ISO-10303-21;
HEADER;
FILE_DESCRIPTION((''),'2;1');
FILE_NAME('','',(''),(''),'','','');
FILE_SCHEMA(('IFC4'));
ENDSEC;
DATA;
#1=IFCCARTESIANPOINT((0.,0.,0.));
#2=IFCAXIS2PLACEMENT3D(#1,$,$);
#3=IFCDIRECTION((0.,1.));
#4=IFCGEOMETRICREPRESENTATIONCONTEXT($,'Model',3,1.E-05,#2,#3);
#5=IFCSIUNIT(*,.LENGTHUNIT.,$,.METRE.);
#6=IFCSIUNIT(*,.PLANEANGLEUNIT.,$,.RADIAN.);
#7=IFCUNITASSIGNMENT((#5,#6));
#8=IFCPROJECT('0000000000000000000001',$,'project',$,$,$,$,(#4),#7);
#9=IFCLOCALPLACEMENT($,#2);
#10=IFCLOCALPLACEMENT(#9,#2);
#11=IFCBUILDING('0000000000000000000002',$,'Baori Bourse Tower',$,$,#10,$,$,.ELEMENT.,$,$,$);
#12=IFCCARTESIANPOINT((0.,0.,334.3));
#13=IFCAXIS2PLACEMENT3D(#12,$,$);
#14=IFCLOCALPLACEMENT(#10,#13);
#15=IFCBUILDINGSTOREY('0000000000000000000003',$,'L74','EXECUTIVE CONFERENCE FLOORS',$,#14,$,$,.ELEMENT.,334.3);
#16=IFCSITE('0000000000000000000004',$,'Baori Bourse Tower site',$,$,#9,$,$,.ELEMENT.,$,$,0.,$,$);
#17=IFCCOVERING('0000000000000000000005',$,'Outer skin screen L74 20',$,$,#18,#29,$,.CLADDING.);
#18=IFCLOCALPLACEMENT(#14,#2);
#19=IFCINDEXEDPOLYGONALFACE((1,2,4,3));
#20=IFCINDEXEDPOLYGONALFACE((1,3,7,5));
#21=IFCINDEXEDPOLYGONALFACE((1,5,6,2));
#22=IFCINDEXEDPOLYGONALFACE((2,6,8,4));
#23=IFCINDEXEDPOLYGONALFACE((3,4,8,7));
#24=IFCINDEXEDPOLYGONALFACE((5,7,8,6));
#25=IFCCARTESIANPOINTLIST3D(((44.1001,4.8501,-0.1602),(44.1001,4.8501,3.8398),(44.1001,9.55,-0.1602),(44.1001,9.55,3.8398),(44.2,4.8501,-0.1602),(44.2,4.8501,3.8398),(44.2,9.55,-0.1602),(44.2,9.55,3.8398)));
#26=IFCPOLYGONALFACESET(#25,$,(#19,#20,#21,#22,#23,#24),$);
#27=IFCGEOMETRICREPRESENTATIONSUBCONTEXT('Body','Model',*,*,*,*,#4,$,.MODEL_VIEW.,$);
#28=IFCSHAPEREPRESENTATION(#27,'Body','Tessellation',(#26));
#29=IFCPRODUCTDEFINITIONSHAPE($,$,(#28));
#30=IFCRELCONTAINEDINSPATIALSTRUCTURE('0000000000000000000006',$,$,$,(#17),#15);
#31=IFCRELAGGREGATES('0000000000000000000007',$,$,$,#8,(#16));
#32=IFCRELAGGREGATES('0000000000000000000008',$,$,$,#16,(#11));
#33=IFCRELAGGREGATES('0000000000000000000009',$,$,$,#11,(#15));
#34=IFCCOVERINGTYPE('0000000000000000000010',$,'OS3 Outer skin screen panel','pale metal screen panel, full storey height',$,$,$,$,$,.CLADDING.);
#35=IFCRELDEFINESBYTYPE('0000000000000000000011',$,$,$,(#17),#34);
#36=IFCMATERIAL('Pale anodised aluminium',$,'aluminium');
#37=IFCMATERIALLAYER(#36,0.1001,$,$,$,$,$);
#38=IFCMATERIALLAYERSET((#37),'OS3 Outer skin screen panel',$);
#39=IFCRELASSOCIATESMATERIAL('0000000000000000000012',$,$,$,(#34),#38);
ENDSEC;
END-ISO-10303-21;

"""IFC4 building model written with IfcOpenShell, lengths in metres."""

from ifc_helpers import new_model, si_unit, direction, frame, origin, place, context, subcontext, project, spatial, polyline, outline, extrude, material, layer, layer_set, type_object, element, save


model = new_model("IFC4")

# Units and contexts
model_context = context("Model", 3, precision=1e-05, world=origin(), true_north=direction((0.0, 1.0)))
body_context = subcontext(model_context, "Body", "Model", "MODEL_VIEW")
ifc_project = project(units=[si_unit("LENGTHUNIT", "METRE"), si_unit("PLANEANGLEUNIT", "RADIAN")], contexts=[model_context])

# Site, building, storey
site_placement = place(None, origin())
site = spatial("IfcSite", under=ifc_project, at=site_placement, Name="Baori Bourse Tower site", CompositionType="ELEMENT", RefElevation=0.0)
building_placement = place(site_placement, origin())
building = spatial("IfcBuilding", under=site, at=building_placement, Name="Baori Bourse Tower", CompositionType="ELEMENT")
storey_placement = place(building_placement, frame((0.0, 0.0, 334.3)))
storey = spatial("IfcBuildingStorey", under=building, at=storey_placement, Name="L74", Description="EXECUTIVE CONFERENCE FLOORS", CompositionType="ELEMENT", Elevation=334.3)

# Covering
ifc_material_1 = material(Name="Pale anodised aluminium", Category="aluminium")
ifc_layer_1 = layer(ifc_material_1, 0.1001)
ifc_layer_set_1 = layer_set([ifc_layer_1], Name="OS3 Outer skin screen panel")
covering_type = type_object("IfcCoveringType", Name="OS3 Outer skin screen panel", Description="pale metal screen panel, full storey height", PredefinedType="CLADDING", material=ifc_layer_set_1)
covering_1_placement = place(storey_placement, frame((0.0, 0.0, -0.1602)))
element("IfcCovering", 1, at=covering_1_placement, inside=storey, type_object=covering_type, Name="Outer skin screen L74 20", PredefinedType="CLADDING", context=body_context, shape_type="SweptSolid", body=[
    extrude(outline(polyline([(44.1001, 9.55), (44.1001, 4.8501), (44.2, 4.8501), (44.2, 9.55), (44.1001, 9.55)])), origin(), (0.0, 0.0, 1.0), 4.0),
])

save(model, "model.ifc")
